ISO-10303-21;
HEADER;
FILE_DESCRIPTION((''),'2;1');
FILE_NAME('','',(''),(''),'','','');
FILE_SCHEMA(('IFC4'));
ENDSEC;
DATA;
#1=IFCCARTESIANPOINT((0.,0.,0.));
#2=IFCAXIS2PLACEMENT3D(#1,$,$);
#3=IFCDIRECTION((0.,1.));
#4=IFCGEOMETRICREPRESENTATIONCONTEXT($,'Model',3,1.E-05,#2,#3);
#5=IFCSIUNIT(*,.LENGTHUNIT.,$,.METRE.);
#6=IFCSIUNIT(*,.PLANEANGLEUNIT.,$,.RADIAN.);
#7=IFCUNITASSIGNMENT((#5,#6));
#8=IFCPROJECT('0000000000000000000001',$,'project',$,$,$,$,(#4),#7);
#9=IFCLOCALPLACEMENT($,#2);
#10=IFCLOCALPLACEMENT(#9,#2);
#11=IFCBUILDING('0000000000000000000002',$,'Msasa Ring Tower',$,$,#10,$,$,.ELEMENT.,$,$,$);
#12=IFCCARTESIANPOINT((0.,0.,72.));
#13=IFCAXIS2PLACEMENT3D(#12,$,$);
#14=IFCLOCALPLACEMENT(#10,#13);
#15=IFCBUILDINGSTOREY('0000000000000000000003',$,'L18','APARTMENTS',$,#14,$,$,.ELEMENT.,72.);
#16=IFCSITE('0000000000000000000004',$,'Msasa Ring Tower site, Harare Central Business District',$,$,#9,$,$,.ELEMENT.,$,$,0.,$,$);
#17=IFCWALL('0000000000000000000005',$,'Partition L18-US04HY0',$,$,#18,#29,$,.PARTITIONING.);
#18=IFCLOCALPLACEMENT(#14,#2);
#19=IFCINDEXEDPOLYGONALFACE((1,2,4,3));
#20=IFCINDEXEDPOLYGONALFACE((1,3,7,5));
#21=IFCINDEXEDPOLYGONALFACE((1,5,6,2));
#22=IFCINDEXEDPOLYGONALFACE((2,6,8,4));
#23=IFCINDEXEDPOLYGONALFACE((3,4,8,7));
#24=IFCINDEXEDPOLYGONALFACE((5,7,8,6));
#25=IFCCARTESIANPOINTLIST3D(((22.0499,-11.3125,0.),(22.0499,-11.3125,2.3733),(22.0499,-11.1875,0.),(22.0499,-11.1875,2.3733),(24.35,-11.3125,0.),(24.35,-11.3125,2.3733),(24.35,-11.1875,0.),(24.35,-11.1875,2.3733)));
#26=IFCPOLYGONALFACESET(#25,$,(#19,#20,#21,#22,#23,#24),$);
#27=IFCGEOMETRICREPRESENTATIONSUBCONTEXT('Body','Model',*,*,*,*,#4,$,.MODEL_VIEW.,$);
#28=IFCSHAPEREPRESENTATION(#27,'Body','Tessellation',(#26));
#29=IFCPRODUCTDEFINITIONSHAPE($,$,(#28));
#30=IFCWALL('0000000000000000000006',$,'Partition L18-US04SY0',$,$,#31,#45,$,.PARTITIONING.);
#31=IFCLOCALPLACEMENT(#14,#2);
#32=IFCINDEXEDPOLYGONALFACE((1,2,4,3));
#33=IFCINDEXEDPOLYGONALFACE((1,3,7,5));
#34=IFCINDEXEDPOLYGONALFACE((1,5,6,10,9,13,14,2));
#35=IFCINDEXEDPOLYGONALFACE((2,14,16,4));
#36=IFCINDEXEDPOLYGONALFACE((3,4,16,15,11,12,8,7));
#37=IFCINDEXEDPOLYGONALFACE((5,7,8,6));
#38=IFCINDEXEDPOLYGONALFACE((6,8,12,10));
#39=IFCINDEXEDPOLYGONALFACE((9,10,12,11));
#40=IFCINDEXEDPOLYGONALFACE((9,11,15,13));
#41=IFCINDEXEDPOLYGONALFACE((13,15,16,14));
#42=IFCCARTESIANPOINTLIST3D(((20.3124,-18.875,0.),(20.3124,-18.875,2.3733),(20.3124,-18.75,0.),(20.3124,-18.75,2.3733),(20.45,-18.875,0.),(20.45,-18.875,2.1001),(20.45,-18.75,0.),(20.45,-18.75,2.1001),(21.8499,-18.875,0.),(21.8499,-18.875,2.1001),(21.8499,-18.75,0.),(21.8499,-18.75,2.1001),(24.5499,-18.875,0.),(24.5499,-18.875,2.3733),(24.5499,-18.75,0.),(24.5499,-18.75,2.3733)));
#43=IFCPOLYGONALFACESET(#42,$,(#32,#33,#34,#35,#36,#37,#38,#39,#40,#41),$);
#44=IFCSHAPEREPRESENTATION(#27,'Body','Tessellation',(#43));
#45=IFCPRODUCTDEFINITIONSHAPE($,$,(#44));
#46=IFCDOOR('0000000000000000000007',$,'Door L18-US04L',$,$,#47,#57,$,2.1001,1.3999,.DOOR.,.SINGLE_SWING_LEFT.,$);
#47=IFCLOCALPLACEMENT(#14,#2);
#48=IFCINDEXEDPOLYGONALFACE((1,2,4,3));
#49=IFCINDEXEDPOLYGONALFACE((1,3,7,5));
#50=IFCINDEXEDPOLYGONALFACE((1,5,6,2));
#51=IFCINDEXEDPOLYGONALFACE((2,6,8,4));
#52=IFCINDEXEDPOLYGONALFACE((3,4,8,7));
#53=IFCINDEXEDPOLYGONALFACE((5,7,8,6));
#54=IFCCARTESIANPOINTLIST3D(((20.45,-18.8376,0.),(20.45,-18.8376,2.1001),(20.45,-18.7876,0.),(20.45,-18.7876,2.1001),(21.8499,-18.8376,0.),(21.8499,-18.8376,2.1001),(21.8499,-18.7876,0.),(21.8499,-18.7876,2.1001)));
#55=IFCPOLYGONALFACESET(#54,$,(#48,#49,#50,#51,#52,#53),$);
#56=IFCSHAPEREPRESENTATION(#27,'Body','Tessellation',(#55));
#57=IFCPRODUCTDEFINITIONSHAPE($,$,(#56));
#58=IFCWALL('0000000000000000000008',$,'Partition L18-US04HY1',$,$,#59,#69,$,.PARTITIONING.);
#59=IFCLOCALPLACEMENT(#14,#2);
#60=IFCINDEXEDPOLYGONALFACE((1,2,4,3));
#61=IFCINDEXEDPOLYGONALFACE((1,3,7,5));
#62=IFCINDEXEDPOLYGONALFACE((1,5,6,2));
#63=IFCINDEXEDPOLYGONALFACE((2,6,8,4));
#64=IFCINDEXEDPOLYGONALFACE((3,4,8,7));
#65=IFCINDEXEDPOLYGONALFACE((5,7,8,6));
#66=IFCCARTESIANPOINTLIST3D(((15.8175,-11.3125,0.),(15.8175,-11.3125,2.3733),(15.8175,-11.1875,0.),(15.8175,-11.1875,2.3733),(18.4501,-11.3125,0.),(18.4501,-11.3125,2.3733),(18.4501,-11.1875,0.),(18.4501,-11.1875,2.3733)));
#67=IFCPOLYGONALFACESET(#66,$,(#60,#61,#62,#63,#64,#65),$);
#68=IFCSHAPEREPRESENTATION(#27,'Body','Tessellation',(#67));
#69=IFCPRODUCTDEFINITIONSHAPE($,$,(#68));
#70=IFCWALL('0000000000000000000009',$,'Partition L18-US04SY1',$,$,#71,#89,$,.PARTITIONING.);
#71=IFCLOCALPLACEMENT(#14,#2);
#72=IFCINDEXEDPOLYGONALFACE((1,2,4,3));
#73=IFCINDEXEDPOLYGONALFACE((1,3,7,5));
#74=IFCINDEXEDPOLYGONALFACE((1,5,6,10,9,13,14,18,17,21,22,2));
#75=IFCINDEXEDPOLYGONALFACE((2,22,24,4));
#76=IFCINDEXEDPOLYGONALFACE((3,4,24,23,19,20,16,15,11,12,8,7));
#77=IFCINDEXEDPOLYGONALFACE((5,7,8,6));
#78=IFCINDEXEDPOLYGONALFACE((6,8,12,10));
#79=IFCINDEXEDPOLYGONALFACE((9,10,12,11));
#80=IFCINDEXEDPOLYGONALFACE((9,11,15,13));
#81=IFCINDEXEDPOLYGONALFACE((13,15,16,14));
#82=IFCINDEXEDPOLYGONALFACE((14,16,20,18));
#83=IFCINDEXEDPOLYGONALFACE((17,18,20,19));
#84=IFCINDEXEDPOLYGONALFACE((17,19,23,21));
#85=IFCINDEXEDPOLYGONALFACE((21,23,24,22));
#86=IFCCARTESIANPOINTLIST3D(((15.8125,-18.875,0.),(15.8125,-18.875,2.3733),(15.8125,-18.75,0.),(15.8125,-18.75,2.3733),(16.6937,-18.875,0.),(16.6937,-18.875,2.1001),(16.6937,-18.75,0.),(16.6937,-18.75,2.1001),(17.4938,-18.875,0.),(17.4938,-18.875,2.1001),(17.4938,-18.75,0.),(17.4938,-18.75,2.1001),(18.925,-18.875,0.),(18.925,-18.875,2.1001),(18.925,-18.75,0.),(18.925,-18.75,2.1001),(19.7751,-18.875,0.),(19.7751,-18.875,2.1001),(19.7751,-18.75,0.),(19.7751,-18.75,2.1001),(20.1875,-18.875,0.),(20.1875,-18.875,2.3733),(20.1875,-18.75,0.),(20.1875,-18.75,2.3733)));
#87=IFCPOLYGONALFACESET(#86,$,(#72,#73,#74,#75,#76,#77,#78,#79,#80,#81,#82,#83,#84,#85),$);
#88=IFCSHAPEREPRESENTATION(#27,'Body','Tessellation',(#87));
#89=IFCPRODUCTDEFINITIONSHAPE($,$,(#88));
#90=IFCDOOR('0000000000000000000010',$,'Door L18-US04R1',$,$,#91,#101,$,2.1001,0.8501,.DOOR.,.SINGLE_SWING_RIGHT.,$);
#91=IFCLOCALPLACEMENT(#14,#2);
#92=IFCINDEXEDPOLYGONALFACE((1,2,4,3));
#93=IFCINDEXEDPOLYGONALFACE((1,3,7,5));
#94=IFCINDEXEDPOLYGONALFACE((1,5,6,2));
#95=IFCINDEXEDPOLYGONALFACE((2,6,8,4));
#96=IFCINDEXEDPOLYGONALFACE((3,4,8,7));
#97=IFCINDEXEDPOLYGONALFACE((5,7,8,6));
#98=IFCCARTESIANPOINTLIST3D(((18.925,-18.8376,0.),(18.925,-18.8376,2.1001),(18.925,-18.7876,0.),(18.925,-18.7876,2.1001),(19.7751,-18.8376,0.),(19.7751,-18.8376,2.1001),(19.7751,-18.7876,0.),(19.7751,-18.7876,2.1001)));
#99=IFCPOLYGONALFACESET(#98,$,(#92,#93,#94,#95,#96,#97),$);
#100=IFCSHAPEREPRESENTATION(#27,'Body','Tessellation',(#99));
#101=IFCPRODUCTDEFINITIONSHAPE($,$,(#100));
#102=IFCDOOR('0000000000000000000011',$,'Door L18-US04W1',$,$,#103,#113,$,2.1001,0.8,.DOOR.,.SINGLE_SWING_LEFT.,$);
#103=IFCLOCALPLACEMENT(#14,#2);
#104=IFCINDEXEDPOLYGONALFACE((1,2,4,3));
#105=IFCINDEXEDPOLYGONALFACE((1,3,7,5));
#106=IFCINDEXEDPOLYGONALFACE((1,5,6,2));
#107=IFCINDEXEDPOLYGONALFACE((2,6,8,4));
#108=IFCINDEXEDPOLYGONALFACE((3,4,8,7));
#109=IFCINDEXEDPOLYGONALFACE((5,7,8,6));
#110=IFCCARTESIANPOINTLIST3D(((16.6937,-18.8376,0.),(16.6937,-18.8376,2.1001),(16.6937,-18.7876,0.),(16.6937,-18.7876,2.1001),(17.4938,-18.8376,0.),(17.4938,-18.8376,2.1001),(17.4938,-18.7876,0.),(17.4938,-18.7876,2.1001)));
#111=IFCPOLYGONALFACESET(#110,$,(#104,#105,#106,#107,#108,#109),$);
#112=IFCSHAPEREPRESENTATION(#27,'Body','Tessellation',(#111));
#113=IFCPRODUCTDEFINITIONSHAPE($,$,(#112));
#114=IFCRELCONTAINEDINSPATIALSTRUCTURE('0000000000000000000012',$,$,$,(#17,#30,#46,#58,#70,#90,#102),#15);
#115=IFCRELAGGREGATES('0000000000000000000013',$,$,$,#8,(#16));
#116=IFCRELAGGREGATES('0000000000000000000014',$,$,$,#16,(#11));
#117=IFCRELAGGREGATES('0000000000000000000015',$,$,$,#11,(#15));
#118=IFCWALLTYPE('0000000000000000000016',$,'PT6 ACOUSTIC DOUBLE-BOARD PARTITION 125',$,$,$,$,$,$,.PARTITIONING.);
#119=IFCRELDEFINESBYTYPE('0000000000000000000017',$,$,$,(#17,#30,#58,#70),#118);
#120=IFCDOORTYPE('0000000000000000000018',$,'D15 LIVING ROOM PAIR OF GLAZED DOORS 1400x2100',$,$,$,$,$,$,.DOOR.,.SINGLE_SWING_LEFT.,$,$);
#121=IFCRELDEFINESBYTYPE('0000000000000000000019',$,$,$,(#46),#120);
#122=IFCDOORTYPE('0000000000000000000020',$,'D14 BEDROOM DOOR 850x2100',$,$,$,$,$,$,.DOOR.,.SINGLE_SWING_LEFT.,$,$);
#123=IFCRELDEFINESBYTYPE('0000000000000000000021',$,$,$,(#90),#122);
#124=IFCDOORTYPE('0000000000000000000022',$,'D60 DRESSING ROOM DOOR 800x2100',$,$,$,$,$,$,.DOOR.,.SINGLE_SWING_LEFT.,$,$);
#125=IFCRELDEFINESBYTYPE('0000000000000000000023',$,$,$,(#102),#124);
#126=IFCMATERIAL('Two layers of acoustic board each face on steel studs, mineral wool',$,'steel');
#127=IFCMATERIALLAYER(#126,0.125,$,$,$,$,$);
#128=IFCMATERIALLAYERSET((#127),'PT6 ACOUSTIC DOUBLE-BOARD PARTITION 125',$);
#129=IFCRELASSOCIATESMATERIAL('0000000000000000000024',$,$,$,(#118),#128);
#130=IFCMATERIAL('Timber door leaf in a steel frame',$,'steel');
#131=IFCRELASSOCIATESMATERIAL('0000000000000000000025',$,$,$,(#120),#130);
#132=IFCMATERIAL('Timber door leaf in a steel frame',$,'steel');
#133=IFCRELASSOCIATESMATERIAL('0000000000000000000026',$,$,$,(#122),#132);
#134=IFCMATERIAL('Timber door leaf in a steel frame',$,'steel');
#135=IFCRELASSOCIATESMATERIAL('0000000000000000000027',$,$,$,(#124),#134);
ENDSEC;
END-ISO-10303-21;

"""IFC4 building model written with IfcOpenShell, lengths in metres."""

from ifc_helpers import new_model, si_unit, direction, frame, frame_2d, origin, place, context, subcontext, project, spatial, rectangle, extrude, material, layer, layer_set, type_object, element, fill, save


model = new_model("IFC4")

# Units and contexts
model_context = context("Model", 3, precision=1e-05, world=origin(), true_north=direction((0.0, 1.0)))
body_context = subcontext(model_context, "Body", "Model", "MODEL_VIEW")
ifc_project = project(units=[si_unit("LENGTHUNIT", "METRE"), si_unit("PLANEANGLEUNIT", "RADIAN")], contexts=[model_context])

# Site, building, storey
site_placement = place(None, origin())
site = spatial("IfcSite", under=ifc_project, at=site_placement, Name="Msasa Ring Tower site, Harare Central Business District", CompositionType="ELEMENT", RefElevation=0.0)
building_placement = place(site_placement, origin())
building = spatial("IfcBuilding", under=site, at=building_placement, Name="Msasa Ring Tower", CompositionType="ELEMENT")
storey_placement = place(building_placement, frame((0.0, 0.0, 72.0)))
storey = spatial("IfcBuildingStorey", under=building, at=storey_placement, Name="L18", Description="APARTMENTS", CompositionType="ELEMENT", Elevation=72.0)

# Wall
ifc_material_1 = material(Name="Two layers of acoustic board each face on steel studs, mineral wool", Category="steel")
ifc_layer_1 = layer(ifc_material_1, 0.125)
ifc_layer_set_1 = layer_set([ifc_layer_1], Name="PT6 ACOUSTIC DOUBLE-BOARD PARTITION 125")
wall_type_1 = type_object("IfcWallType", Name="PT6 ACOUSTIC DOUBLE-BOARD PARTITION 125", PredefinedType="PARTITIONING", material=ifc_layer_set_1)
wall_1_placement = place(storey_placement, frame((22.05, -11.25, 0.0), z_axis=(0.0, 0.0, 1.0), x_axis=(1.0, 0.0, 0.0)))
element("IfcWall", 1, at=wall_1_placement, inside=storey, type_object=wall_type_1, Name="Partition L18-US04HY0", PredefinedType="PARTITIONING", context=body_context, shape_type="SweptSolid", body=[
    extrude(rectangle(XDim=2.3, YDim=0.125, at=frame_2d((1.1499, 0.0))), origin(), (0.0, 0.0, 1.0), 2.3733),
])

# Wall, opening, door
wall_2_placement = place(storey_placement, frame((20.3125, -18.8125, 0.0), z_axis=(0.0, 0.0, 1.0), x_axis=(1.0, 0.0, 0.0)))
wall_2 = element("IfcWall", 2, at=wall_2_placement, inside=storey, type_object=wall_type_1, Name="Partition L18-US04SY0", PredefinedType="PARTITIONING", context=body_context, shape_type="SweptSolid", body=[
    extrude(rectangle(XDim=4.2375, YDim=0.125, at=frame_2d((2.1187, 0.0))), origin(), (0.0, 0.0, 1.0), 2.3733),
])
opening_1_placement = place(wall_2_placement, frame((0.1375, 0.0, 0.0)))
opening_1 = element("IfcOpeningElement", 3, at=opening_1_placement, cuts=wall_2, PredefinedType="OPENING", context=body_context, shape_type="SweptSolid", body=[
    extrude(rectangle(XDim=1.3999, YDim=2.1001, at=frame_2d((0.7, 1.05))), frame((0.0, 0.0725, 0.0), z_axis=(0.0, -1.0, 0.0), x_axis=(1.0, 0.0, 0.0)), (0.0, 0.0, 1.0), 0.145),
])
ifc_material_2 = material(Name="Timber door leaf in a steel frame", Category="steel")
door_type_1 = type_object("IfcDoorType", Name="D15 LIVING ROOM PAIR OF GLAZED DOORS 1400x2100", OperationType="SINGLE_SWING_LEFT", PredefinedType="DOOR", material=ifc_material_2)
door_1_placement = place(opening_1_placement, origin())
door_1 = element("IfcDoor", 4, at=door_1_placement, inside=storey, type_object=door_type_1, Name="Door L18-US04L", OperationType="SINGLE_SWING_LEFT", OverallHeight=2.1001, OverallWidth=1.3999, PredefinedType="DOOR", context=body_context, shape_type="SweptSolid", body=[
    extrude(rectangle(XDim=1.3999, YDim=2.1001, at=frame_2d((0.7, 1.05))), frame((0.0, 0.0249, 0.0), z_axis=(0.0, -1.0, 0.0), x_axis=(1.0, 0.0, 0.0)), (0.0, 0.0, 1.0), 0.05),
])
fill(opening_1, door_1)

# Wall
wall_3_placement = place(storey_placement, frame((15.8174, -11.25, 0.0), z_axis=(0.0, 0.0, 1.0), x_axis=(1.0, 0.0, 0.0)))
element("IfcWall", 5, at=wall_3_placement, inside=storey, type_object=wall_type_1, Name="Partition L18-US04HY1", PredefinedType="PARTITIONING", context=body_context, shape_type="SweptSolid", body=[
    extrude(rectangle(XDim=2.6326, YDim=0.125, at=frame_2d((1.3164, 0.0))), origin(), (0.0, 0.0, 1.0), 2.3733),
])

# Wall, openings, doors
wall_4_placement = place(storey_placement, frame((15.8125, -18.8125, 0.0), z_axis=(0.0, 0.0, 1.0), x_axis=(1.0, 0.0, 0.0)))
wall_4 = element("IfcWall", 6, at=wall_4_placement, inside=storey, type_object=wall_type_1, Name="Partition L18-US04SY1", PredefinedType="PARTITIONING", context=body_context, shape_type="SweptSolid", body=[
    extrude(rectangle(XDim=4.375, YDim=0.125, at=frame_2d((2.1875, 0.0))), origin(), (0.0, 0.0, 1.0), 2.3733),
])
opening_2_placement = place(wall_4_placement, frame((3.1125, 0.0, 0.0)))
opening_2 = element("IfcOpeningElement", 7, at=opening_2_placement, cuts=wall_4, PredefinedType="OPENING", context=body_context, shape_type="SweptSolid", body=[
    extrude(rectangle(XDim=0.8501, YDim=2.1001, at=frame_2d((0.425, 1.05))), frame((0.0, 0.0725, 0.0), z_axis=(0.0, -1.0, 0.0), x_axis=(1.0, 0.0, 0.0)), (0.0, 0.0, 1.0), 0.145),
])
opening_3_placement = place(wall_4_placement, frame((0.8813, 0.0, 0.0)))
opening_3 = element("IfcOpeningElement", 8, at=opening_3_placement, cuts=wall_4, PredefinedType="OPENING", context=body_context, shape_type="SweptSolid", body=[
    extrude(rectangle(XDim=0.8, YDim=2.1001, at=frame_2d((0.3999, 1.05))), frame((0.0, 0.0725, 0.0), z_axis=(0.0, -1.0, 0.0), x_axis=(1.0, 0.0, 0.0)), (0.0, 0.0, 1.0), 0.145),
])
ifc_material_3 = material(Name="Timber door leaf in a steel frame", Category="steel")
door_type_2 = type_object("IfcDoorType", Name="D14 BEDROOM DOOR 850x2100", OperationType="SINGLE_SWING_LEFT", PredefinedType="DOOR", material=ifc_material_3)
door_2_placement = place(opening_2_placement, origin())
door_2 = element("IfcDoor", 9, at=door_2_placement, inside=storey, type_object=door_type_2, Name="Door L18-US04R1", OperationType="SINGLE_SWING_RIGHT", OverallHeight=2.1001, OverallWidth=0.8501, PredefinedType="DOOR", context=body_context, shape_type="SweptSolid", body=[
    extrude(rectangle(XDim=0.8501, YDim=2.1001, at=frame_2d((0.425, 1.05))), frame((0.0, 0.0249, 0.0), z_axis=(0.0, -1.0, 0.0), x_axis=(1.0, 0.0, 0.0)), (0.0, 0.0, 1.0), 0.05),
])
fill(opening_2, door_2)
ifc_material_4 = material(Name="Timber door leaf in a steel frame", Category="steel")
door_type_3 = type_object("IfcDoorType", Name="D60 DRESSING ROOM DOOR 800x2100", OperationType="SINGLE_SWING_LEFT", PredefinedType="DOOR", material=ifc_material_4)
door_3_placement = place(opening_3_placement, origin())
door_3 = element("IfcDoor", 10, at=door_3_placement, inside=storey, type_object=door_type_3, Name="Door L18-US04W1", OperationType="SINGLE_SWING_LEFT", OverallHeight=2.1001, OverallWidth=0.8, PredefinedType="DOOR", context=body_context, shape_type="SweptSolid", body=[
    extrude(rectangle(XDim=0.8, YDim=2.1001, at=frame_2d((0.3999, 1.05))), frame((0.0, 0.0249, 0.0), z_axis=(0.0, -1.0, 0.0), x_axis=(1.0, 0.0, 0.0)), (0.0, 0.0, 1.0), 0.05),
])
fill(opening_3, door_3)

save(model, "model.ifc")
